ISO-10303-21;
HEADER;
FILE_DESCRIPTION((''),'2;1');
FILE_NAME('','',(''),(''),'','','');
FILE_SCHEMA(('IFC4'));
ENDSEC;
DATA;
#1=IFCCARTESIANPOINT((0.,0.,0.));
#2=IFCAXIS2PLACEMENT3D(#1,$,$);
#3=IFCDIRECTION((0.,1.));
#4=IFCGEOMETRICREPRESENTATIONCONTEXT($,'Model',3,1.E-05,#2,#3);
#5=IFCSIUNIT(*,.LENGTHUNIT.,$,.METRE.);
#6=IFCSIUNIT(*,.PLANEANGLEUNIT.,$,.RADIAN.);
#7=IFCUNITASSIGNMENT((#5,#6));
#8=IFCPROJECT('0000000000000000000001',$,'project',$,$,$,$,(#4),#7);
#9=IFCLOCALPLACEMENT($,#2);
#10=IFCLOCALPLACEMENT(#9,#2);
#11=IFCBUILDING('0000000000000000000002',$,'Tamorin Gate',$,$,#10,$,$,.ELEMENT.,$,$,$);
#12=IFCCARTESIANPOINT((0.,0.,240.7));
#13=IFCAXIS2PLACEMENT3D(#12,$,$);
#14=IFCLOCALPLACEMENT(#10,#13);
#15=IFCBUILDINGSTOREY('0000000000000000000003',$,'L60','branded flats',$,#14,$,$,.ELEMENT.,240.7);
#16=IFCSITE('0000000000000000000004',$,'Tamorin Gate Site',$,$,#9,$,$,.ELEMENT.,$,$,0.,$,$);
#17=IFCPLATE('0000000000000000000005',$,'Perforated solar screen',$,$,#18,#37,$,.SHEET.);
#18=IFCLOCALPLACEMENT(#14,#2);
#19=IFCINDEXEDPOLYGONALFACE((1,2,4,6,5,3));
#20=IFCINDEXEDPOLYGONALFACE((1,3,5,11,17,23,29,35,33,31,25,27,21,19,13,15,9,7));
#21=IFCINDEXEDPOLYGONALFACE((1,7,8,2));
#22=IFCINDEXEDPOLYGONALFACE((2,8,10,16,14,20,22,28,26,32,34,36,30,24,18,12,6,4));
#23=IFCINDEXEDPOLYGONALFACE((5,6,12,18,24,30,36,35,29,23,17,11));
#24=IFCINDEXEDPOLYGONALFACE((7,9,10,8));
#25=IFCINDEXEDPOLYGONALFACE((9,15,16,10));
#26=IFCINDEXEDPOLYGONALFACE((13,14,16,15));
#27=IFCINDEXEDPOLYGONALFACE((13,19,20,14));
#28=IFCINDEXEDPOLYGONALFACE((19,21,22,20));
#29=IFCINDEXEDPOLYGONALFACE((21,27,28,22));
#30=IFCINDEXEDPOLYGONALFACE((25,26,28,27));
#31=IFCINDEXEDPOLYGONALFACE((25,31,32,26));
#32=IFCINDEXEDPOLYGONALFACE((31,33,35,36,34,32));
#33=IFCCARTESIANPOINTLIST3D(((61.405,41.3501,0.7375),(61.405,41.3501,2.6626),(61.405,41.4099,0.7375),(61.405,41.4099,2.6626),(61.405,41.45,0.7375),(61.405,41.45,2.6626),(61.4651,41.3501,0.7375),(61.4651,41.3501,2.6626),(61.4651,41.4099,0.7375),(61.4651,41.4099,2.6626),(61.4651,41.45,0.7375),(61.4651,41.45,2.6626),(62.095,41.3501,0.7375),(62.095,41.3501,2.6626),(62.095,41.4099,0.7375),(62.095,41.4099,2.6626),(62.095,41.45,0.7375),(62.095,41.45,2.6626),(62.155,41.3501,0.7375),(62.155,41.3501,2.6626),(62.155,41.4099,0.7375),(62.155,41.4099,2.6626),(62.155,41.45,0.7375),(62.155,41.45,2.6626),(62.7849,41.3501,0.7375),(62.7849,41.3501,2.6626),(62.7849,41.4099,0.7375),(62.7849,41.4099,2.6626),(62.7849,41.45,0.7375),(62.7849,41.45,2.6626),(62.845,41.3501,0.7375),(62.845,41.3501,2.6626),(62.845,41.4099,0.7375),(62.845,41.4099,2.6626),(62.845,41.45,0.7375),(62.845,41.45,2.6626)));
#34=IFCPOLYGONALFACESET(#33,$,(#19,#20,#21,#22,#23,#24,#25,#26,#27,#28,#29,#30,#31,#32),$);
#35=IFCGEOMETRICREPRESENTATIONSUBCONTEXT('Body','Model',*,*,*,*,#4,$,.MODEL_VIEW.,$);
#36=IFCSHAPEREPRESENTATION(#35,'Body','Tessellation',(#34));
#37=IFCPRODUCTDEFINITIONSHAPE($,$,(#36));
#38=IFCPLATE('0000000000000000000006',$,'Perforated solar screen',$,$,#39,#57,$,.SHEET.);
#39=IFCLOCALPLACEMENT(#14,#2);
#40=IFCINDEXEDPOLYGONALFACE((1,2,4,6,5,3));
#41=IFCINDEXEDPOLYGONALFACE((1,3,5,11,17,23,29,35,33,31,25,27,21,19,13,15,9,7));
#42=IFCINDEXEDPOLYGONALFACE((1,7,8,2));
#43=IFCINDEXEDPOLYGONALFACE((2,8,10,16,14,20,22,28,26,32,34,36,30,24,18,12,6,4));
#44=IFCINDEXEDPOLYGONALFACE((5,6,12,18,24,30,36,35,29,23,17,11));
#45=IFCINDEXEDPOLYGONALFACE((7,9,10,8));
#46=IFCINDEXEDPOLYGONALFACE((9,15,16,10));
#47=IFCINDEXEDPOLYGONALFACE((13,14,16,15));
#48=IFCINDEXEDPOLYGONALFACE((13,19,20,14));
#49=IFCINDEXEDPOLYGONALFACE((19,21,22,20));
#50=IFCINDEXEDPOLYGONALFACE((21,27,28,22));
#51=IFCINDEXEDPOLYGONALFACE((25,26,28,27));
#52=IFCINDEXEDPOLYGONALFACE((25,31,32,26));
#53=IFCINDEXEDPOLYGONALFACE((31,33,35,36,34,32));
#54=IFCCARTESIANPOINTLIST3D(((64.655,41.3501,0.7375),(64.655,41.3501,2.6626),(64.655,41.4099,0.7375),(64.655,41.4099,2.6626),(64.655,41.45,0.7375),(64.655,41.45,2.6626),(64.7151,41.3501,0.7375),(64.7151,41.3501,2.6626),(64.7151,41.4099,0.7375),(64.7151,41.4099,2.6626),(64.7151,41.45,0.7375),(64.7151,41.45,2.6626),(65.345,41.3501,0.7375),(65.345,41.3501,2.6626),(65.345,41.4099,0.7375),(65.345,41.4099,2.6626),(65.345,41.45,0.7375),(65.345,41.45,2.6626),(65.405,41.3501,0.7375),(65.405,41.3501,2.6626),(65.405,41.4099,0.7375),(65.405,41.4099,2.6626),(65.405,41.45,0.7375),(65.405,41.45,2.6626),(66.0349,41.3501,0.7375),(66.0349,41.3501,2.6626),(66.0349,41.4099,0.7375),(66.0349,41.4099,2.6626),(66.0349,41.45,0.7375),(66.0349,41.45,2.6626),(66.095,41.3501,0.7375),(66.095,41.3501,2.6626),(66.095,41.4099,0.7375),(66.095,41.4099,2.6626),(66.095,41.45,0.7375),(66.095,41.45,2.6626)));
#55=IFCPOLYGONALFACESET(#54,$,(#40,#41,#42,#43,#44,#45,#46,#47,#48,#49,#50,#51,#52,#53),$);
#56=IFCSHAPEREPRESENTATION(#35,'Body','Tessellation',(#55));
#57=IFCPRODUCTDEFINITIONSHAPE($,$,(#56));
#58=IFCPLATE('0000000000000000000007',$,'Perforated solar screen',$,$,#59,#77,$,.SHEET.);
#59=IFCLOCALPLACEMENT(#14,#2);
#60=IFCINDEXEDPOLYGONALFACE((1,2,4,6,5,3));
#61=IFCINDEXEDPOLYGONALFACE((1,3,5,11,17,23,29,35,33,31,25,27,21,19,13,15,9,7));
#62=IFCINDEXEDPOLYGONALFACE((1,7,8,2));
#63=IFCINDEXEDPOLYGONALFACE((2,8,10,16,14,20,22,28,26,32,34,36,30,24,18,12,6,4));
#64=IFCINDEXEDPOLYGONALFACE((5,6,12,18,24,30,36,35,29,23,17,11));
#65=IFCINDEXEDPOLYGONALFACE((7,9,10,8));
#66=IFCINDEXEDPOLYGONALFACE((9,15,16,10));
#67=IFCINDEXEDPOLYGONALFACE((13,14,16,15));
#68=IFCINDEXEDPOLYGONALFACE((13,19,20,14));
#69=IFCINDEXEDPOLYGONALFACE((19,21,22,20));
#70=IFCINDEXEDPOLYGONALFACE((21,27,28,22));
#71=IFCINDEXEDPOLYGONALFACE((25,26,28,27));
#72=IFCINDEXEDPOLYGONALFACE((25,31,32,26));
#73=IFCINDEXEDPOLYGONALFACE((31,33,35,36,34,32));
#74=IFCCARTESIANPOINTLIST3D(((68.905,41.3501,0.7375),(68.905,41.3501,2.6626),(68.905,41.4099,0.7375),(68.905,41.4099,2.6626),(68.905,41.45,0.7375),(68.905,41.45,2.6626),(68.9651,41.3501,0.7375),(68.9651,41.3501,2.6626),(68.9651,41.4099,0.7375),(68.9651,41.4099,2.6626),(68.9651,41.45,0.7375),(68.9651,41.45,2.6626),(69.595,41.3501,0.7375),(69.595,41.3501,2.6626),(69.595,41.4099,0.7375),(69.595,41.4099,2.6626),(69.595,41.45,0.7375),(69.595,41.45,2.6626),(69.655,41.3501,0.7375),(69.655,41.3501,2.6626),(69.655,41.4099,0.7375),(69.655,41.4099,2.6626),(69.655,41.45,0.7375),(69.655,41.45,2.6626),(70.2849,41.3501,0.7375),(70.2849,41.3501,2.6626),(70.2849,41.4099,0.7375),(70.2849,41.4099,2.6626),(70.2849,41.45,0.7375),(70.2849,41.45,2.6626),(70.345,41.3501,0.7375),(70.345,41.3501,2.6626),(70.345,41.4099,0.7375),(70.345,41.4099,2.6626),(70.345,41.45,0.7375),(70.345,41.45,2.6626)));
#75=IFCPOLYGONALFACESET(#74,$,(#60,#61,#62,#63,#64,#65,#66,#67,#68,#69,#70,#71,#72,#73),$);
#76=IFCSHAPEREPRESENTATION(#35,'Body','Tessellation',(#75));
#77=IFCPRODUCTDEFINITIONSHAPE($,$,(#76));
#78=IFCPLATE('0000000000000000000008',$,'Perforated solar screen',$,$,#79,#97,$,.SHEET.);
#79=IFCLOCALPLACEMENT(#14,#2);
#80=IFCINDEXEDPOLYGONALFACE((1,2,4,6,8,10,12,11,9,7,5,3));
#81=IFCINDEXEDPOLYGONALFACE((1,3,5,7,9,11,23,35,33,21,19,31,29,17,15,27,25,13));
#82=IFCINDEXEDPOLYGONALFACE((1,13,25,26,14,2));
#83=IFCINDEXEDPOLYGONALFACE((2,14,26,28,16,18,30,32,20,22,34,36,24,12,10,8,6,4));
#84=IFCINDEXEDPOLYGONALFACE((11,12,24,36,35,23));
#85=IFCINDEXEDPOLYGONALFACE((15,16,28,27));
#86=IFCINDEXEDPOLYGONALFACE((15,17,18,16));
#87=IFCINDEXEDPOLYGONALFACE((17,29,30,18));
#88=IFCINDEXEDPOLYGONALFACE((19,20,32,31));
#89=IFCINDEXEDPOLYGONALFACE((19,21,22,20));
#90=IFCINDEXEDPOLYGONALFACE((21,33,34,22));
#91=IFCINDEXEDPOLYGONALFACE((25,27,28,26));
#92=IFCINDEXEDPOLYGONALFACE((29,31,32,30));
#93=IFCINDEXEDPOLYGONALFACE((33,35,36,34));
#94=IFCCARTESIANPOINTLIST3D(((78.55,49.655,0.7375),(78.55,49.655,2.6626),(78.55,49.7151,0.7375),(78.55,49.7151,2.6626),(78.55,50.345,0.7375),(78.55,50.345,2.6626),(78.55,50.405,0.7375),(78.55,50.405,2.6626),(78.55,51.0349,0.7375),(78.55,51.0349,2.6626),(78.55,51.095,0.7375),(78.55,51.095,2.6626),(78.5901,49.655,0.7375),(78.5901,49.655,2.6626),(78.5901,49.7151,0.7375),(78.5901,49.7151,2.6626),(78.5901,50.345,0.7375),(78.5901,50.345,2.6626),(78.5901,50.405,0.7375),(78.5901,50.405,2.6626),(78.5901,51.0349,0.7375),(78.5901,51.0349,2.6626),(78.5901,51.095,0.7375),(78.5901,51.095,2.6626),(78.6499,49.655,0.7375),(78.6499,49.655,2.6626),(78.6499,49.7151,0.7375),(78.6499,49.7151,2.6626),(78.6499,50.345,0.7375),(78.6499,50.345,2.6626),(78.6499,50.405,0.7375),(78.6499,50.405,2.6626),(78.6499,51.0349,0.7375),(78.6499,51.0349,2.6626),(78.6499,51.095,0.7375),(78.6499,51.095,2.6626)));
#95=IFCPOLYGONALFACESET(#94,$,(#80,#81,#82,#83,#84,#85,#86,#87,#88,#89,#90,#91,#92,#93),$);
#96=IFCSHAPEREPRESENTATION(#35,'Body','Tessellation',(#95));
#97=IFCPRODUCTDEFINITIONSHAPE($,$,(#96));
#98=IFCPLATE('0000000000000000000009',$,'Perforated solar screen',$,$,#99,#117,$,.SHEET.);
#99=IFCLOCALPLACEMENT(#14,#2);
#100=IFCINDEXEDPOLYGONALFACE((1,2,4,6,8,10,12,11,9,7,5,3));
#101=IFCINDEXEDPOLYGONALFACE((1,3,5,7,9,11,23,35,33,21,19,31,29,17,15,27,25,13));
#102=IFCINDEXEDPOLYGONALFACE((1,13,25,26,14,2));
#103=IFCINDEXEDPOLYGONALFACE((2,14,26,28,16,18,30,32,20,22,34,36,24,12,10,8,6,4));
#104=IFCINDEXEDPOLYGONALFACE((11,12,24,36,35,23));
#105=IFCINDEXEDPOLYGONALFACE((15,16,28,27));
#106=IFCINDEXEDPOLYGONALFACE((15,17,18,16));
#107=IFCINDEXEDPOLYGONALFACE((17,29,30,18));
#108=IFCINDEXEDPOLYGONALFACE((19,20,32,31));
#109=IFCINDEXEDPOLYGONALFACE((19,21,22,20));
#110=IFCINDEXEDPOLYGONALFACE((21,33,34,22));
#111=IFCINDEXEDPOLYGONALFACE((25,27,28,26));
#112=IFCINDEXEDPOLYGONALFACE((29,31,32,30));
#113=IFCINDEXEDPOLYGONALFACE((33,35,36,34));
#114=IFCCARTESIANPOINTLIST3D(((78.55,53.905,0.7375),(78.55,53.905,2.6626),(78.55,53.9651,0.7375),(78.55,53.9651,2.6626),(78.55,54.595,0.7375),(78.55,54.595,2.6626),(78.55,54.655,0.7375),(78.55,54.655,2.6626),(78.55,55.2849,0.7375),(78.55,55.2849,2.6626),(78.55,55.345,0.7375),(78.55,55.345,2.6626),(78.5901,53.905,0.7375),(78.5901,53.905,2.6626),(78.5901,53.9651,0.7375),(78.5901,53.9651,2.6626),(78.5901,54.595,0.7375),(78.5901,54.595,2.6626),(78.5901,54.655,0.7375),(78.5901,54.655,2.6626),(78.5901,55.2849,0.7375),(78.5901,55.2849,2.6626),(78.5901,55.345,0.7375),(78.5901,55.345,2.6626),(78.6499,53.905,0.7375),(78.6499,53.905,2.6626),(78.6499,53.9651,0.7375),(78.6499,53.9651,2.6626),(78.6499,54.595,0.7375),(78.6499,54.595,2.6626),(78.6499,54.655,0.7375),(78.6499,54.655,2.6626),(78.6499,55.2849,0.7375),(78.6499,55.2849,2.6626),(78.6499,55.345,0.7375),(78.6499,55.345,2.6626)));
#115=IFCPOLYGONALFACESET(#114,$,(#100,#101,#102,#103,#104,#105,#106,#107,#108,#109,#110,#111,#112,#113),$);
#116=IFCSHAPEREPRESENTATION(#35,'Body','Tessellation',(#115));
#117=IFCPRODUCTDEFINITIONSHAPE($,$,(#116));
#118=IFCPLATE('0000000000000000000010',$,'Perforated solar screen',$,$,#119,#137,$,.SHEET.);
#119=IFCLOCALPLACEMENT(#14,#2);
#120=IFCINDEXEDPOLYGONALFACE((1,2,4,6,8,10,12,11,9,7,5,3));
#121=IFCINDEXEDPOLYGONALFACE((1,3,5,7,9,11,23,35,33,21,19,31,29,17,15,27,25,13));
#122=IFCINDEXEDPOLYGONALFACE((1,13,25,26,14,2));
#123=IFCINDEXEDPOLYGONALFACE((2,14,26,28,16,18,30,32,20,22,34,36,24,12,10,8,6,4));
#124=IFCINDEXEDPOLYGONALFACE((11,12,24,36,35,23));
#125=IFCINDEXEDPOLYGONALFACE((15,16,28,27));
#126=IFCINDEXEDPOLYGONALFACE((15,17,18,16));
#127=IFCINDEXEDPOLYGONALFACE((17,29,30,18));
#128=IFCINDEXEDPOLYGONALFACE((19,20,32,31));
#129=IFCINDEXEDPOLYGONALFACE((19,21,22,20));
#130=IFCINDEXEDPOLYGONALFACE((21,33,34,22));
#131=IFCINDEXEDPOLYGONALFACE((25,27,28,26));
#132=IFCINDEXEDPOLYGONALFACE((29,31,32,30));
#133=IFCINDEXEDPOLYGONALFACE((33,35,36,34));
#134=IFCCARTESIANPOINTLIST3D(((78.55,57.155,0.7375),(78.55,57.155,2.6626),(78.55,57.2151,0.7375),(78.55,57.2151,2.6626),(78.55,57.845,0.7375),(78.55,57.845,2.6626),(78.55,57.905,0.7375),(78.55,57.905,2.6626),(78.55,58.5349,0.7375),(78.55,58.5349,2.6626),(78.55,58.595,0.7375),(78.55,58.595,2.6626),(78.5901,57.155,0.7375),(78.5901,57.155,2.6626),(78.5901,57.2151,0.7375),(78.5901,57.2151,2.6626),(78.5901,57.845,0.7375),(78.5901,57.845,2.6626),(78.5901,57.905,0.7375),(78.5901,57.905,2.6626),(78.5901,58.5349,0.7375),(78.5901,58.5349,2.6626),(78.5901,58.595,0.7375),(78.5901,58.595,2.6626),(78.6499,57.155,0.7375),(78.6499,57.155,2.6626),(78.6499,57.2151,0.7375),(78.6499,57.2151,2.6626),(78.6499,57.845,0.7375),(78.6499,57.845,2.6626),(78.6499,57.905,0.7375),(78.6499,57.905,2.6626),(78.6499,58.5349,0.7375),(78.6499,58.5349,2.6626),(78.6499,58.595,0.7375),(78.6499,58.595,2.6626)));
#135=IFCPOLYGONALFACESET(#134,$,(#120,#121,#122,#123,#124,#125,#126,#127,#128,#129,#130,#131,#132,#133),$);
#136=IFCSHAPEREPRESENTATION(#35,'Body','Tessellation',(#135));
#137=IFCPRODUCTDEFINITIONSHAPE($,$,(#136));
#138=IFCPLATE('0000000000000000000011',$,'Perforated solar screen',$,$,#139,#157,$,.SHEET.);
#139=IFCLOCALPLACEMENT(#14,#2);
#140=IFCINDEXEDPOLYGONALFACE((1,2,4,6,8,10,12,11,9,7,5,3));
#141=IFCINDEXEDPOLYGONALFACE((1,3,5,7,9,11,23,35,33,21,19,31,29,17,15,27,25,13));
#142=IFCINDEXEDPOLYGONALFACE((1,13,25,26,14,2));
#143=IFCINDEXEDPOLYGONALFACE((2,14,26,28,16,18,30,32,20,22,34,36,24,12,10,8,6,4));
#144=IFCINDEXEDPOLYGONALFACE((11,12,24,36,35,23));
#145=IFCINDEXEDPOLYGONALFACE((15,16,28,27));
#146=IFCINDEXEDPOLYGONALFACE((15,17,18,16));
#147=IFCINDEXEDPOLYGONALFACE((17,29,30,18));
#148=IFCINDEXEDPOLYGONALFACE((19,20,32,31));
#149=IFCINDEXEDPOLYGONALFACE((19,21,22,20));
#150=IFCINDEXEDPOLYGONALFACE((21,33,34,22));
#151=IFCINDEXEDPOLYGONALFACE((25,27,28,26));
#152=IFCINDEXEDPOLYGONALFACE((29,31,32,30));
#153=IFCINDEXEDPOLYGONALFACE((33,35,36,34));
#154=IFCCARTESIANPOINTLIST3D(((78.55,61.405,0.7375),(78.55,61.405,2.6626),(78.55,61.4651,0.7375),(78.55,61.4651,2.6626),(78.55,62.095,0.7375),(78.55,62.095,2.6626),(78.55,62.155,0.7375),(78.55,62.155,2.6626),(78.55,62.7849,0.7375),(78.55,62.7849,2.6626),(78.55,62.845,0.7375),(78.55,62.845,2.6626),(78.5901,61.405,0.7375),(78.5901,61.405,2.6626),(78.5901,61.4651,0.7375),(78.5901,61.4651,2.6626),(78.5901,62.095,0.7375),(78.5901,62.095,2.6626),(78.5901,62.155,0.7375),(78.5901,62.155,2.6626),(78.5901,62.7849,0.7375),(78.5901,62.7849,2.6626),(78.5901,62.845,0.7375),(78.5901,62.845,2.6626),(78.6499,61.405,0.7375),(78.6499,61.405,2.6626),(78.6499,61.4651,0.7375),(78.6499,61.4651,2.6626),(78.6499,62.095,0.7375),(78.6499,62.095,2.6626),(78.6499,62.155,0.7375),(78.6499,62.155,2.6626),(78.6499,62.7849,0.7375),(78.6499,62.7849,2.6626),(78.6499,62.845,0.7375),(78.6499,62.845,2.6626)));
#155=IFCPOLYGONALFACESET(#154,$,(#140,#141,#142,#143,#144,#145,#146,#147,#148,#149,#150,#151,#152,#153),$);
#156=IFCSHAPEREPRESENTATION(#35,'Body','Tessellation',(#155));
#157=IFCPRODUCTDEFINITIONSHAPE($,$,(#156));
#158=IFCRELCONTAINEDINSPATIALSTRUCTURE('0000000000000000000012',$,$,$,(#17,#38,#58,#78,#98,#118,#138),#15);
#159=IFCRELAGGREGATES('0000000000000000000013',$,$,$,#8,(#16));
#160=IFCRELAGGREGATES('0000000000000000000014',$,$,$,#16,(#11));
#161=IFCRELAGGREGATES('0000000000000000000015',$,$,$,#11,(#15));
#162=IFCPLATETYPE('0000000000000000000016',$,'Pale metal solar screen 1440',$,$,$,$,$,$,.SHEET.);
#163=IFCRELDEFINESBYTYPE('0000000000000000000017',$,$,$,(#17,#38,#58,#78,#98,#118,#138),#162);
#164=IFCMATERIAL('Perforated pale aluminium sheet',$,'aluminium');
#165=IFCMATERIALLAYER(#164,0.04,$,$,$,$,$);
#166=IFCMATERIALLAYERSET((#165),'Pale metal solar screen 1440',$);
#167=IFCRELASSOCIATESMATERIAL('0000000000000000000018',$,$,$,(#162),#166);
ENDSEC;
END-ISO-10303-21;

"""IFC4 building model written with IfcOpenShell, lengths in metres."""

from ifc_helpers import new_model, si_unit, direction, frame, origin, place, context, subcontext, project, spatial, polyline, outline, extrude, material, layer, layer_set, type_object, element, save


model = new_model("IFC4")

# Units and contexts
model_context = context("Model", 3, precision=1e-05, world=origin(), true_north=direction((0.0, 1.0)))
body_context = subcontext(model_context, "Body", "Model", "MODEL_VIEW")
ifc_project = project(units=[si_unit("LENGTHUNIT", "METRE"), si_unit("PLANEANGLEUNIT", "RADIAN")], contexts=[model_context])

# Site, building, storey
site_placement = place(None, origin())
site = spatial("IfcSite", under=ifc_project, at=site_placement, Name="Tamorin Gate Site", CompositionType="ELEMENT", RefElevation=0.0)
building_placement = place(site_placement, origin())
building = spatial("IfcBuilding", under=site, at=building_placement, Name="Tamorin Gate", CompositionType="ELEMENT")
storey_placement = place(building_placement, frame((0.0, 0.0, 240.7)))
storey = spatial("IfcBuildingStorey", under=building, at=storey_placement, Name="L60", Description="branded flats", CompositionType="ELEMENT", Elevation=240.7)

# Plates
ifc_material_1 = material(Name="Perforated pale aluminium sheet", Category="aluminium")
ifc_layer_1 = layer(ifc_material_1, 0.04)
ifc_layer_set_1 = layer_set([ifc_layer_1], Name="Pale metal solar screen 1440")
plate_type = type_object("IfcPlateType", Name="Pale metal solar screen 1440", PredefinedType="SHEET", material=ifc_layer_set_1)
plate_1_placement = place(storey_placement, frame((0.0, 0.0, 0.7375)))
element("IfcPlate", 1, at=plate_1_placement, inside=storey, type_object=plate_type, Name="Perforated solar screen", PredefinedType="SHEET", context=body_context, shape_type="SweptSolid", body=[
    extrude(outline(polyline([(61.405, 41.4099), (61.405, 41.45), (61.4651, 41.45), (62.095, 41.45), (62.155, 41.45), (62.7849, 41.45), (62.845, 41.45), (62.845, 41.4099), (62.845, 41.3501), (62.7849, 41.3501), (62.7849, 41.4099), (62.155, 41.4099), (62.155, 41.3501), (62.095, 41.3501), (62.095, 41.4099), (61.4651, 41.4099), (61.4651, 41.3501), (61.405, 41.3501), (61.405, 41.4099)])), origin(), (0.0, 0.0, 1.0), 1.925),
])
plate_2_placement = place(storey_placement, frame((0.0, 0.0, 0.7375)))
element("IfcPlate", 2, at=plate_2_placement, inside=storey, type_object=plate_type, Name="Perforated solar screen", PredefinedType="SHEET", context=body_context, shape_type="SweptSolid", body=[
    extrude(outline(polyline([(64.655, 41.4099), (64.655, 41.45), (64.7151, 41.45), (65.345, 41.45), (65.405, 41.45), (66.0349, 41.45), (66.095, 41.45), (66.095, 41.4099), (66.095, 41.3501), (66.0349, 41.3501), (66.0349, 41.4099), (65.405, 41.4099), (65.405, 41.3501), (65.345, 41.3501), (65.345, 41.4099), (64.7151, 41.4099), (64.7151, 41.3501), (64.655, 41.3501), (64.655, 41.4099)])), origin(), (0.0, 0.0, 1.0), 1.925),
])
plate_3_placement = place(storey_placement, frame((0.0, 0.0, 0.7375)))
element("IfcPlate", 3, at=plate_3_placement, inside=storey, type_object=plate_type, Name="Perforated solar screen", PredefinedType="SHEET", context=body_context, shape_type="SweptSolid", body=[
    extrude(outline(polyline([(68.905, 41.4099), (68.905, 41.45), (68.9651, 41.45), (69.595, 41.45), (69.655, 41.45), (70.2849, 41.45), (70.345, 41.45), (70.345, 41.4099), (70.345, 41.3501), (70.2849, 41.3501), (70.2849, 41.4099), (69.655, 41.4099), (69.655, 41.3501), (69.595, 41.3501), (69.595, 41.4099), (68.9651, 41.4099), (68.9651, 41.3501), (68.905, 41.3501), (68.905, 41.4099)])), origin(), (0.0, 0.0, 1.0), 1.925),
])
plate_4_placement = place(storey_placement, frame((0.0, 0.0, 0.7375)))
element("IfcPlate", 4, at=plate_4_placement, inside=storey, type_object=plate_type, Name="Perforated solar screen", PredefinedType="SHEET", context=body_context, shape_type="SweptSolid", body=[
    extrude(outline(polyline([(78.5901, 49.655), (78.55, 49.655), (78.55, 49.7151), (78.55, 50.345), (78.55, 50.405), (78.55, 51.0349), (78.55, 51.095), (78.55, 51.095), (78.5901, 51.095), (78.5901, 51.095), (78.6499, 51.095), (78.6499, 51.0349), (78.5901, 51.0349), (78.5901, 50.405), (78.6499, 50.405), (78.6499, 50.345), (78.5901, 50.345), (78.5901, 49.7151), (78.6499, 49.7151), (78.6499, 49.655), (78.5901, 49.655)])), origin(), (0.0, 0.0, 1.0), 1.925),
])
plate_5_placement = place(storey_placement, frame((0.0, 0.0, 0.7375)))
element("IfcPlate", 5, at=plate_5_placement, inside=storey, type_object=plate_type, Name="Perforated solar screen", PredefinedType="SHEET", context=body_context, shape_type="SweptSolid", body=[
    extrude(outline(polyline([(78.5901, 53.905), (78.55, 53.905), (78.55, 53.9651), (78.55, 54.595), (78.55, 54.655), (78.55, 55.2849), (78.55, 55.345), (78.5901, 55.345), (78.6499, 55.345), (78.6499, 55.2849), (78.5901, 55.2849), (78.5901, 54.655), (78.6499, 54.655), (78.6499, 54.595), (78.5901, 54.595), (78.5901, 53.9651), (78.6499, 53.9651), (78.6499, 53.905), (78.5901, 53.905)])), origin(), (0.0, 0.0, 1.0), 1.925),
])
plate_6_placement = place(storey_placement, frame((0.0, 0.0, 0.7375)))
element("IfcPlate", 6, at=plate_6_placement, inside=storey, type_object=plate_type, Name="Perforated solar screen", PredefinedType="SHEET", context=body_context, shape_type="SweptSolid", body=[
    extrude(outline(polyline([(78.5901, 57.155), (78.55, 57.155), (78.55, 57.2151), (78.55, 57.845), (78.55, 57.905), (78.55, 58.5349), (78.55, 58.595), (78.5901, 58.595), (78.6499, 58.595), (78.6499, 58.5349), (78.5901, 58.5349), (78.5901, 57.905), (78.6499, 57.905), (78.6499, 57.845), (78.5901, 57.845), (78.5901, 57.2151), (78.6499, 57.2151), (78.6499, 57.155), (78.5901, 57.155)])), origin(), (0.0, 0.0, 1.0), 1.925),
])
plate_7_placement = place(storey_placement, frame((0.0, 0.0, 0.7375)))
element("IfcPlate", 7, at=plate_7_placement, inside=storey, type_object=plate_type, Name="Perforated solar screen", PredefinedType="SHEET", context=body_context, shape_type="SweptSolid", body=[
    extrude(outline(polyline([(78.5901, 61.405), (78.55, 61.405), (78.55, 61.4651), (78.55, 62.095), (78.55, 62.155), (78.55, 62.7849), (78.55, 62.845), (78.5901, 62.845), (78.6499, 62.845), (78.6499, 62.7849), (78.5901, 62.7849), (78.5901, 62.155), (78.6499, 62.155), (78.6499, 62.095), (78.5901, 62.095), (78.5901, 61.4651), (78.6499, 61.4651), (78.6499, 61.405), (78.5901, 61.405)])), origin(), (0.0, 0.0, 1.0), 1.925),
])

save(model, "model.ifc")
